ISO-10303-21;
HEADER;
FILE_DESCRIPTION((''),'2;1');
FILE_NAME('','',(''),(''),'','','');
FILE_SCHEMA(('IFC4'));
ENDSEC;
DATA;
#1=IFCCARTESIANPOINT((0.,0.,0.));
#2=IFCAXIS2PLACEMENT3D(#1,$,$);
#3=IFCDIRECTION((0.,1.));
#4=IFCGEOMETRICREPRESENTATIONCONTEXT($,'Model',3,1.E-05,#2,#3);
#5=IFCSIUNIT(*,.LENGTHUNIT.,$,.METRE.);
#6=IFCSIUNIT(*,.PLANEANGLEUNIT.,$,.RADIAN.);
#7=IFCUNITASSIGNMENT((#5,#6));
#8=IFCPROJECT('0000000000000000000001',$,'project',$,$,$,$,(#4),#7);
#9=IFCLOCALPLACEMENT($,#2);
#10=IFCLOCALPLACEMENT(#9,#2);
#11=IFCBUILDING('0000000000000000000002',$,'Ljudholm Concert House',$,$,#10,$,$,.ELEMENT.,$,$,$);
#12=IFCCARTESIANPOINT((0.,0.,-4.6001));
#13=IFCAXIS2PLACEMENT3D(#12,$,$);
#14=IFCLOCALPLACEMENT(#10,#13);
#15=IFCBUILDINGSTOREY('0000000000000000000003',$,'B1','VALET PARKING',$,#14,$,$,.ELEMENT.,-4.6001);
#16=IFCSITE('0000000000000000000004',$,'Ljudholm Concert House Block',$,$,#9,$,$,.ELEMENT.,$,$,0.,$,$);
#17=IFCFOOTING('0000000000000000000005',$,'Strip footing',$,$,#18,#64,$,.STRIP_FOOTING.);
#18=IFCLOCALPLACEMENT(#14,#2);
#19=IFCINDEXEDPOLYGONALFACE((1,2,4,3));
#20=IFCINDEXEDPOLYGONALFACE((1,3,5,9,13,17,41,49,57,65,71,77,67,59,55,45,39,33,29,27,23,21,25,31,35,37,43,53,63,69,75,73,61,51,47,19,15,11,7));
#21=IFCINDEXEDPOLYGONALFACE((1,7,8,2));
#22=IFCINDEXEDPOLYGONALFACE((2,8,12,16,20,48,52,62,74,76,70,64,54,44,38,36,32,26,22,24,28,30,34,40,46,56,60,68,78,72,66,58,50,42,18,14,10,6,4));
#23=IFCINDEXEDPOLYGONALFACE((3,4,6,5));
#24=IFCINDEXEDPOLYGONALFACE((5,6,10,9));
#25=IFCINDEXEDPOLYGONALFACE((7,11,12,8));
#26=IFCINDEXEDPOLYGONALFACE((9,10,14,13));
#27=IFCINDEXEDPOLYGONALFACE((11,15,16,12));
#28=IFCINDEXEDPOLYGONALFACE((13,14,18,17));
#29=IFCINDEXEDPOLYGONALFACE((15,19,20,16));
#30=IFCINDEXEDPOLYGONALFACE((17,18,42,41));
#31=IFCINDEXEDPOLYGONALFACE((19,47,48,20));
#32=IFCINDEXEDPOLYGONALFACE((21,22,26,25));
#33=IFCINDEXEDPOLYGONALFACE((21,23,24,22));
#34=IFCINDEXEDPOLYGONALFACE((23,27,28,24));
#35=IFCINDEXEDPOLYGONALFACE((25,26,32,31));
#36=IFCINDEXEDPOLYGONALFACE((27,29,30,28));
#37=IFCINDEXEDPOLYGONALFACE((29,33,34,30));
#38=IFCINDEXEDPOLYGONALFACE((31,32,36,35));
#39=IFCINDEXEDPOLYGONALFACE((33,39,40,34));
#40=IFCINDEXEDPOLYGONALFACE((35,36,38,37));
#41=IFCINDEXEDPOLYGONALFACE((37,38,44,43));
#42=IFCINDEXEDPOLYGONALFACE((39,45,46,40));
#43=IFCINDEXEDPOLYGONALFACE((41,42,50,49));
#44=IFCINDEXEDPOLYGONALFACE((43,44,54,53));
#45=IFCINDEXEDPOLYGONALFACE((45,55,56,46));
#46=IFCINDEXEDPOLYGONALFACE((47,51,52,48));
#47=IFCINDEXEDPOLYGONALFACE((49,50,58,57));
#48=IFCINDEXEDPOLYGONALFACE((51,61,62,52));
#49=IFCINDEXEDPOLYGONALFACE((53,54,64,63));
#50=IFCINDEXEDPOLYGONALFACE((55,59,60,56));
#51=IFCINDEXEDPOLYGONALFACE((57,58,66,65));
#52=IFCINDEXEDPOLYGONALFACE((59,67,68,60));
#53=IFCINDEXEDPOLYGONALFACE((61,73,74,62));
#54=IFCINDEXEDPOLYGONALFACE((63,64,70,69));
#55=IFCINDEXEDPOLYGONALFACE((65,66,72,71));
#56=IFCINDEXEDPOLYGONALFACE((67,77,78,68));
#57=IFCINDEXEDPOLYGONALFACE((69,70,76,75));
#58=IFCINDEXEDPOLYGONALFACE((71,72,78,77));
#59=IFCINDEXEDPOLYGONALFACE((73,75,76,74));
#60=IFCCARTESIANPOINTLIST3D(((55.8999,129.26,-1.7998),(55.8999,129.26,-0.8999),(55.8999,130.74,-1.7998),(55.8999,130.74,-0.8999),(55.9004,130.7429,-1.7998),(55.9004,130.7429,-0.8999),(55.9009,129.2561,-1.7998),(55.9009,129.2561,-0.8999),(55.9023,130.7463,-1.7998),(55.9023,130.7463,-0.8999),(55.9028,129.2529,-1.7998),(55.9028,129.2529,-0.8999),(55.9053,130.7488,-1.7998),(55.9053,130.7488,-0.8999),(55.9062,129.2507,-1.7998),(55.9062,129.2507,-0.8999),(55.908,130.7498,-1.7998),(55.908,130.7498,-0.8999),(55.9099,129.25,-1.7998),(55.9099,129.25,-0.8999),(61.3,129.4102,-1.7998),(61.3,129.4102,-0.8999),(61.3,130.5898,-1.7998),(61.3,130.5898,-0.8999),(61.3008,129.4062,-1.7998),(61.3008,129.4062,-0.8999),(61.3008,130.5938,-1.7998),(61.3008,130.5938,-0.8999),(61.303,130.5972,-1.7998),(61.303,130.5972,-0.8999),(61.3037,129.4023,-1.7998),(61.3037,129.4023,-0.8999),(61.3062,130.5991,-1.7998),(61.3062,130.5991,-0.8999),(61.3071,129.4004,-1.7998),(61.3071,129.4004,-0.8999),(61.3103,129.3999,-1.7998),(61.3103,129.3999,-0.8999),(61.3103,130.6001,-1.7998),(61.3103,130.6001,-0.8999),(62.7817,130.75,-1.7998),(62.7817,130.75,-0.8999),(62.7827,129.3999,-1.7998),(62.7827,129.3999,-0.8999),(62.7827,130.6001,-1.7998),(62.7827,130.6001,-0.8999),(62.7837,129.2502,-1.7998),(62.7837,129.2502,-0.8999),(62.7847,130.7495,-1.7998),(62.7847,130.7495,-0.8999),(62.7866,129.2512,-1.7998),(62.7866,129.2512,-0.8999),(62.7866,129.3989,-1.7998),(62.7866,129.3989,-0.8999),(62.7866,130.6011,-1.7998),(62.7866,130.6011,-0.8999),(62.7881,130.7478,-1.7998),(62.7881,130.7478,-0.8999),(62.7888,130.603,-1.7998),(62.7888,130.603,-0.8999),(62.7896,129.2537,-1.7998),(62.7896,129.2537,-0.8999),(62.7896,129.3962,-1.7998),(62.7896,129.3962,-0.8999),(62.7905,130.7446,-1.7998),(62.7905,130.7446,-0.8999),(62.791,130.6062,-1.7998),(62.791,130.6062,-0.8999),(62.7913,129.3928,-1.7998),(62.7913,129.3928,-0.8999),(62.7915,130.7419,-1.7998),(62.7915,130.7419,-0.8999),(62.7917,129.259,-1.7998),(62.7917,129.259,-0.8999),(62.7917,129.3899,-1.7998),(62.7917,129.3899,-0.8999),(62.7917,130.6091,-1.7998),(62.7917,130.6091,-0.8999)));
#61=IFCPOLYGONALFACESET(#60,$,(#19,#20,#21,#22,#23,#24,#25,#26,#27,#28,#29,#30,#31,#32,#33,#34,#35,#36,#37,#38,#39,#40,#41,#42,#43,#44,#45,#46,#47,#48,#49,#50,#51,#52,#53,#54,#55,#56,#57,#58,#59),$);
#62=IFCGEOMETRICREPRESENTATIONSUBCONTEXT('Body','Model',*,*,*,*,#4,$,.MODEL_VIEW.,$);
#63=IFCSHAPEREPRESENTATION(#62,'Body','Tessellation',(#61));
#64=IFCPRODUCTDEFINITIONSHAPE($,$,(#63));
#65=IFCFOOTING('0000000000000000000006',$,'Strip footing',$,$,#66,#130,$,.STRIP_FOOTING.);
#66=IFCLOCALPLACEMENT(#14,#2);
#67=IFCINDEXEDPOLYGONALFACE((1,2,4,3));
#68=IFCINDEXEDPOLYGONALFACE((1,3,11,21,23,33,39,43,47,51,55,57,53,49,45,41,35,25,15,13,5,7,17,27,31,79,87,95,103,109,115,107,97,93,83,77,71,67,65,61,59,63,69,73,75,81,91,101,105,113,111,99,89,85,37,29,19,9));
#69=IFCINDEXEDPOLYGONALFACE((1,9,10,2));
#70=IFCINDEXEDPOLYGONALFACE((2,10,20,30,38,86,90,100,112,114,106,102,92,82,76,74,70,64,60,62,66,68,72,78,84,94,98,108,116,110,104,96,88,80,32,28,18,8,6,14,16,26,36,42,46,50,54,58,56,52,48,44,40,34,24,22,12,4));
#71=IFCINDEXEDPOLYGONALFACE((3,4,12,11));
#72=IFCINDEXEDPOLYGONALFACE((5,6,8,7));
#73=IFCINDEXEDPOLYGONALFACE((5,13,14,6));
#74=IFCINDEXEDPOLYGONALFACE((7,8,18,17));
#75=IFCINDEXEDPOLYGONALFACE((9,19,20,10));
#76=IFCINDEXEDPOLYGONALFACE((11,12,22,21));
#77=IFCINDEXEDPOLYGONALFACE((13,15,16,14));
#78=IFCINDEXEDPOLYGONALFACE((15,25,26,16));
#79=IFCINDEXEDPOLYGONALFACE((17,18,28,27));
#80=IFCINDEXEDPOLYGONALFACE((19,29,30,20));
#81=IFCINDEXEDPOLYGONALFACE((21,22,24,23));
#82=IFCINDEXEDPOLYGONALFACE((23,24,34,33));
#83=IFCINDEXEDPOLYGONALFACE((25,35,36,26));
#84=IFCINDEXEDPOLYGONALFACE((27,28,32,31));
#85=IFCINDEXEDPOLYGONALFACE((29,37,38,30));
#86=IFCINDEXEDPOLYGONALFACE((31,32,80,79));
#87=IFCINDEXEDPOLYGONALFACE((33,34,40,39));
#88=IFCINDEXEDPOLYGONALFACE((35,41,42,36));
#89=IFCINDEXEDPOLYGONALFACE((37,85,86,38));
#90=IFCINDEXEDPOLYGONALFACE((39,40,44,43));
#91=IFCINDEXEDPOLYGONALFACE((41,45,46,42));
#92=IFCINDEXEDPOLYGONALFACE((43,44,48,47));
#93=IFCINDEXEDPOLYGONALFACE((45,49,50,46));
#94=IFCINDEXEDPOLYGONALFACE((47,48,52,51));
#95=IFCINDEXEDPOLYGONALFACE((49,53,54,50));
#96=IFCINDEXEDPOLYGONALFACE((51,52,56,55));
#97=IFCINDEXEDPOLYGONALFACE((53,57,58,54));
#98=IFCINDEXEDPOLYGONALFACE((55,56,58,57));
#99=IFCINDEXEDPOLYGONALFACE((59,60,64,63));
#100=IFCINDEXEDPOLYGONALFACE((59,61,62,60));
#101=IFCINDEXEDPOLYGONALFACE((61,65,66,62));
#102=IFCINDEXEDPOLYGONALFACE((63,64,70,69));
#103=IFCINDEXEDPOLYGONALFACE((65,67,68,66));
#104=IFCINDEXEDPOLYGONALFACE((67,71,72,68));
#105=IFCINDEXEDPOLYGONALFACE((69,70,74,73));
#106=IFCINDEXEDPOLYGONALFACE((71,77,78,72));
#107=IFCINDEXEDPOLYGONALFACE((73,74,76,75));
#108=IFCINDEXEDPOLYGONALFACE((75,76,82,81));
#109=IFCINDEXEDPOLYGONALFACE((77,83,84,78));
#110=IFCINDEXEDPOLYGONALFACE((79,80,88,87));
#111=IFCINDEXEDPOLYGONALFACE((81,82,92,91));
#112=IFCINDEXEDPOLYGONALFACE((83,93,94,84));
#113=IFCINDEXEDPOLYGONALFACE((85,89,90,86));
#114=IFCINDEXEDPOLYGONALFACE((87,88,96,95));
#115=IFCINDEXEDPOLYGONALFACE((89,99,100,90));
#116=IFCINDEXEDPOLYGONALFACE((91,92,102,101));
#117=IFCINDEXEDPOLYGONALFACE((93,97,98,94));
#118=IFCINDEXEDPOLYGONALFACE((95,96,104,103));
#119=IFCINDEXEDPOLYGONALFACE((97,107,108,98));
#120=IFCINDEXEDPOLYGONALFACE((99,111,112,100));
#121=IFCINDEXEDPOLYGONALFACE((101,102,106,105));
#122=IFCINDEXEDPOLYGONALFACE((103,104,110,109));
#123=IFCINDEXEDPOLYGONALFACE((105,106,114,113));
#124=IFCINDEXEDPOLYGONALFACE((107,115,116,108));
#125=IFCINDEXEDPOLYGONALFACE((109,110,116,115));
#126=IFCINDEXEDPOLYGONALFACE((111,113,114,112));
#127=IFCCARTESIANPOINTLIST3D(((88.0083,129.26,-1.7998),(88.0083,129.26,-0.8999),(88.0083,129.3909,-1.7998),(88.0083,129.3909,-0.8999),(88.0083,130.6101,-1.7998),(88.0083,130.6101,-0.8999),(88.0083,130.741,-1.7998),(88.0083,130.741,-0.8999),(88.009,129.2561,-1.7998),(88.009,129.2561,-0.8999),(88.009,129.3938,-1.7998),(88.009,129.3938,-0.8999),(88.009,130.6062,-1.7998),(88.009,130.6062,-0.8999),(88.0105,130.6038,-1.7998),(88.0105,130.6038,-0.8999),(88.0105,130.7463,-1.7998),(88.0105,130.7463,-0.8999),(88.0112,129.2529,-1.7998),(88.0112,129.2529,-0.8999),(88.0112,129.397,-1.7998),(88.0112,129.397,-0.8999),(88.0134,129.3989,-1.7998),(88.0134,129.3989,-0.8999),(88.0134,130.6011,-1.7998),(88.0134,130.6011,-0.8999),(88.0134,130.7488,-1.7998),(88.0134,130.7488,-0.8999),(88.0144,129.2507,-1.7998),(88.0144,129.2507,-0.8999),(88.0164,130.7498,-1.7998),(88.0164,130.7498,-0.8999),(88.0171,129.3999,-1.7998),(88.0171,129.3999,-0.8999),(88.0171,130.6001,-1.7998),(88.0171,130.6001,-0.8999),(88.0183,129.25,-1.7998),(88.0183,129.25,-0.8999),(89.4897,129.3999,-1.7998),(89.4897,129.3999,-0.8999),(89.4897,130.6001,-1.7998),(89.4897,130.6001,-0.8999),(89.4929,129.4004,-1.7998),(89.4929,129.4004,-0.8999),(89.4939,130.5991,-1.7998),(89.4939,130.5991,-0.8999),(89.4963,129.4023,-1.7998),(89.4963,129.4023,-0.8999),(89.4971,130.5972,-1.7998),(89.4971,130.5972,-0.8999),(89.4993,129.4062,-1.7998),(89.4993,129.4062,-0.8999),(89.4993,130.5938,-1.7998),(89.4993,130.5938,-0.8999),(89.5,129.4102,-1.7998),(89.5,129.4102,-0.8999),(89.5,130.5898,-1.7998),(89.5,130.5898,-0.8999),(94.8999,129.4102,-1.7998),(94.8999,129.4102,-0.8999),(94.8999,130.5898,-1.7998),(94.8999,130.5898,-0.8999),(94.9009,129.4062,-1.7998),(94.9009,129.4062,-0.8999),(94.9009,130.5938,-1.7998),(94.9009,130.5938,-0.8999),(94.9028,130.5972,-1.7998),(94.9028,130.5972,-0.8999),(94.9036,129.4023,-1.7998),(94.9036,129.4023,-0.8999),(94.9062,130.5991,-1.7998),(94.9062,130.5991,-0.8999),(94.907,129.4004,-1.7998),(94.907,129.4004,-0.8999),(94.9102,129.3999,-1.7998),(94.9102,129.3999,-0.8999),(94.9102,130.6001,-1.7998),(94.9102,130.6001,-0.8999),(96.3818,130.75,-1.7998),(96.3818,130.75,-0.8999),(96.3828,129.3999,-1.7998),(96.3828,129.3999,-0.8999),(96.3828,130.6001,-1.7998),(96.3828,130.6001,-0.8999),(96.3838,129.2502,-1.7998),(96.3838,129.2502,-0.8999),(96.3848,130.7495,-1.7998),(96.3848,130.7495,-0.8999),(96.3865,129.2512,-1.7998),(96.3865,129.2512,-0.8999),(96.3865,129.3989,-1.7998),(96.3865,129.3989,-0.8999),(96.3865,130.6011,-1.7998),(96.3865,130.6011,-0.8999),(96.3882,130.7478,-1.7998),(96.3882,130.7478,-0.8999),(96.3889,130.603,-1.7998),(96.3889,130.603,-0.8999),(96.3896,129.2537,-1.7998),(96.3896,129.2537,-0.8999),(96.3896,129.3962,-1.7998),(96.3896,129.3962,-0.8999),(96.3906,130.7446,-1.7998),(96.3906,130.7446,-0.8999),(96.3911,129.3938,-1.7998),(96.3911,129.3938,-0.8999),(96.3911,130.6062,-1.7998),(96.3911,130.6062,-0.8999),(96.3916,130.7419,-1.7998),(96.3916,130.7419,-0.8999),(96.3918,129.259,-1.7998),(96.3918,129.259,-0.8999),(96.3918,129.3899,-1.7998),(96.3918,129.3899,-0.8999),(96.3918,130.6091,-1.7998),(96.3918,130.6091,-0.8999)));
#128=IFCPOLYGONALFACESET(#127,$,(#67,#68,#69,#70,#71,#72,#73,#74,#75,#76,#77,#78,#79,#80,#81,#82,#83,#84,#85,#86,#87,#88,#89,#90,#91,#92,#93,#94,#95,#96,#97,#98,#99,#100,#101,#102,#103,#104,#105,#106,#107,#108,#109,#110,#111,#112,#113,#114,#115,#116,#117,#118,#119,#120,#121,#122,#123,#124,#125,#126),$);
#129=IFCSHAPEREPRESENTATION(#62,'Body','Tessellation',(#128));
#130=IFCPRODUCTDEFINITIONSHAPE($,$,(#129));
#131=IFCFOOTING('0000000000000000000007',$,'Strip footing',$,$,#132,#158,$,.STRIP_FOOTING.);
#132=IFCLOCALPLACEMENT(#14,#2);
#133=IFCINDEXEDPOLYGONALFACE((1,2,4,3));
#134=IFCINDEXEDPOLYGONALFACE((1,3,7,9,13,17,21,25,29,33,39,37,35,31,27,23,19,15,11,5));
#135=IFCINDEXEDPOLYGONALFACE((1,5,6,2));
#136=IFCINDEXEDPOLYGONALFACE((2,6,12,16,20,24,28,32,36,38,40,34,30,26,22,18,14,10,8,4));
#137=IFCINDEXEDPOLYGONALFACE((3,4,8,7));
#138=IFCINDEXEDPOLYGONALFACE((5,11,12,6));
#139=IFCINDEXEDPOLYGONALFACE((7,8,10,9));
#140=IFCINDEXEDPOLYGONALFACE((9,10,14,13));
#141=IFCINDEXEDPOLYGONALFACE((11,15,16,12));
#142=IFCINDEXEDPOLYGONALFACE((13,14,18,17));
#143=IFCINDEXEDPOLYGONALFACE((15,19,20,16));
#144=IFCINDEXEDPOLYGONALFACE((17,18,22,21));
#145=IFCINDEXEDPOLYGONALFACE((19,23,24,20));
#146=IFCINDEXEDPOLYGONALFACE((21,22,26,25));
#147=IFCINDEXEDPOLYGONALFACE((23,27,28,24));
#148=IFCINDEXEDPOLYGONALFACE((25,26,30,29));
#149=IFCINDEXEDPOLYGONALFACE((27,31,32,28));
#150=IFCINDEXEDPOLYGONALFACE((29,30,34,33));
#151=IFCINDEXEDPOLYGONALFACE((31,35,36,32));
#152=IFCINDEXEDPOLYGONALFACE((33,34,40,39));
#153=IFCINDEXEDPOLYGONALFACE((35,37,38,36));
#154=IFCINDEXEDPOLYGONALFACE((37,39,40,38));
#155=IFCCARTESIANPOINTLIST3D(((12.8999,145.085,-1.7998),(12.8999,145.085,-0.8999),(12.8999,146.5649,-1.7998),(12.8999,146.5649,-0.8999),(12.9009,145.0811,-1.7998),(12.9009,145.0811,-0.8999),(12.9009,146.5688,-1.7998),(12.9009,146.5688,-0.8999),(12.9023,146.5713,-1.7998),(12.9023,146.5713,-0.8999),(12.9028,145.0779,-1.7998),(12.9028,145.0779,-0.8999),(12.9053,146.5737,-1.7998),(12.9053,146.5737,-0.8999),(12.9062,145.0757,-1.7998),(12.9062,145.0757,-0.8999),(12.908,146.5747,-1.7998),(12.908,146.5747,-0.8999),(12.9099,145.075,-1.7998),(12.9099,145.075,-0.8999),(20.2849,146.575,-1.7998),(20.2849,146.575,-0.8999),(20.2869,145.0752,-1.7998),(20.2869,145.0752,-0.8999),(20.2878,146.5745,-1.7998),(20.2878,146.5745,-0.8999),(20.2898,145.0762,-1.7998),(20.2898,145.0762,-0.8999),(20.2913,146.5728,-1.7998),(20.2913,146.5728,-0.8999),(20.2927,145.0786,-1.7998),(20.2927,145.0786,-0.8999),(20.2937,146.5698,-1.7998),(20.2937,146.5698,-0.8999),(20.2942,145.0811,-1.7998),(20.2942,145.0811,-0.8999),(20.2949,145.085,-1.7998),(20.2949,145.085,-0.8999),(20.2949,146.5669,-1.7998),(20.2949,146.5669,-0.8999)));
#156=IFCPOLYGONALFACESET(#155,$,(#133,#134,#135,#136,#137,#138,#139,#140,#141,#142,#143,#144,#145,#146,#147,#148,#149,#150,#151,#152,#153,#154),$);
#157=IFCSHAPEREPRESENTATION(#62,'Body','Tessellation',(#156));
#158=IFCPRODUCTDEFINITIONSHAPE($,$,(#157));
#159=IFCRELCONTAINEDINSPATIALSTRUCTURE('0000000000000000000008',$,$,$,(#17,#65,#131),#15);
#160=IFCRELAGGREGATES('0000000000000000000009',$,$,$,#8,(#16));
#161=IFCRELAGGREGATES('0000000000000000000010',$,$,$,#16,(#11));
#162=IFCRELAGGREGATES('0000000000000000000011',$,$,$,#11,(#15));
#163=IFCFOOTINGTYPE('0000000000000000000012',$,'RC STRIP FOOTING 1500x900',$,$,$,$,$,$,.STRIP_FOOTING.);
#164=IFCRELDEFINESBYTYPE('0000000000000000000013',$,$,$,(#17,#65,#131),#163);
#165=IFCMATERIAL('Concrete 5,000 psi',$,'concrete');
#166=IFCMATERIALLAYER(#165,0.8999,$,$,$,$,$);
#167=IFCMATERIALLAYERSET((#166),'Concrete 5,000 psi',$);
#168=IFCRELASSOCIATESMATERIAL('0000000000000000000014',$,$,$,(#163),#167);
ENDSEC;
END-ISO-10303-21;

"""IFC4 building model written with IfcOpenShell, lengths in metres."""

from ifc_helpers import new_model, si_unit, direction, frame, origin, place, context, subcontext, project, spatial, polyline, outline, extrude, material, layer, layer_set, type_object, element, save


model = new_model("IFC4")

# Units and contexts
model_context = context("Model", 3, precision=1e-05, world=origin(), true_north=direction((0.0, 1.0)))
body_context = subcontext(model_context, "Body", "Model", "MODEL_VIEW")
ifc_project = project(units=[si_unit("LENGTHUNIT", "METRE"), si_unit("PLANEANGLEUNIT", "RADIAN")], contexts=[model_context])

# Site, building, storey
site_placement = place(None, origin())
site = spatial("IfcSite", under=ifc_project, at=site_placement, Name="Ljudholm Concert House Block", CompositionType="ELEMENT", RefElevation=0.0)
building_placement = place(site_placement, origin())
building = spatial("IfcBuilding", under=site, at=building_placement, Name="Ljudholm Concert House", CompositionType="ELEMENT")
storey_placement = place(building_placement, frame((0.0, 0.0, -4.6001)))
storey = spatial("IfcBuildingStorey", under=building, at=storey_placement, Name="B1", Description="VALET PARKING", CompositionType="ELEMENT", Elevation=-4.6001)

# Footings
ifc_material_1 = material(Name="Concrete 5,000 psi", Category="concrete")
ifc_layer_1 = layer(ifc_material_1, 0.8999)
ifc_layer_set_1 = layer_set([ifc_layer_1], Name="Concrete 5,000 psi")
footing_type_1 = type_object("IfcFootingType", Name="RC STRIP FOOTING 1500x900", PredefinedType="STRIP_FOOTING", material=ifc_layer_set_1)
footing_1_placement = place(storey_placement, frame((0.0, 0.0, -1.7998)))
element("IfcFooting", 1, at=footing_1_placement, inside=storey, type_object=footing_type_1, Name="Strip footing", PredefinedType="STRIP_FOOTING", context=body_context, shape_type="SweptSolid", body=[
    extrude(outline(polyline([(55.9099, 129.25), (62.7837, 129.2502), (62.7866, 129.2512), (62.7896, 129.2537), (62.7917, 129.259), (62.7917, 129.3899), (62.7913, 129.3928), (62.7896, 129.3962), (62.7866, 129.3989), (62.7827, 129.3999), (61.3103, 129.3999), (61.3071, 129.4004), (61.3037, 129.4023), (61.3008, 129.4062), (61.3, 129.4102), (61.3, 130.5898), (61.3008, 130.5938), (61.303, 130.5972), (61.3062, 130.5991), (61.3103, 130.6001), (62.7827, 130.6001), (62.7866, 130.6011), (62.7888, 130.603), (62.791, 130.6062), (62.7917, 130.6091), (62.7915, 130.7419), (62.7905, 130.7446), (62.7881, 130.7478), (62.7847, 130.7495), (62.7817, 130.75), (55.908, 130.7498), (55.9053, 130.7488), (55.9023, 130.7463), (55.9004, 130.7429), (55.8999, 130.74), (55.8999, 129.26), (55.9009, 129.2561), (55.9028, 129.2529), (55.9062, 129.2507), (55.9099, 129.25)])), origin(), (0.0, 0.0, 1.0), 0.8999),
])
footing_2_placement = place(storey_placement, frame((0.0, 0.0, -1.7998)))
element("IfcFooting", 2, at=footing_2_placement, inside=storey, type_object=footing_type_1, Name="Strip footing", PredefinedType="STRIP_FOOTING", context=body_context, shape_type="SweptSolid", body=[
    extrude(outline(polyline([(88.0183, 129.25), (96.3838, 129.2502), (96.3865, 129.2512), (96.3896, 129.2537), (96.3918, 129.259), (96.3918, 129.3899), (96.3911, 129.3938), (96.3896, 129.3962), (96.3865, 129.3989), (96.3828, 129.3999), (94.9102, 129.3999), (94.907, 129.4004), (94.9036, 129.4023), (94.9009, 129.4062), (94.8999, 129.4102), (94.8999, 130.5898), (94.9009, 130.5938), (94.9028, 130.5972), (94.9062, 130.5991), (94.9102, 130.6001), (96.3828, 130.6001), (96.3865, 130.6011), (96.3889, 130.603), (96.3911, 130.6062), (96.3918, 130.6091), (96.3916, 130.7419), (96.3906, 130.7446), (96.3882, 130.7478), (96.3848, 130.7495), (96.3818, 130.75), (88.0164, 130.7498), (88.0134, 130.7488), (88.0105, 130.7463), (88.0083, 130.741), (88.0083, 130.6101), (88.009, 130.6062), (88.0105, 130.6038), (88.0134, 130.6011), (88.0171, 130.6001), (89.4897, 130.6001), (89.4939, 130.5991), (89.4971, 130.5972), (89.4993, 130.5938), (89.5, 130.5898), (89.5, 129.4102), (89.4993, 129.4062), (89.4963, 129.4023), (89.4929, 129.4004), (89.4897, 129.3999), (88.0171, 129.3999), (88.0134, 129.3989), (88.0112, 129.397), (88.009, 129.3938), (88.0083, 129.3909), (88.0083, 129.26), (88.009, 129.2561), (88.0112, 129.2529), (88.0144, 129.2507), (88.0183, 129.25)])), origin(), (0.0, 0.0, 1.0), 0.8999),
])
footing_3_placement = place(storey_placement, frame((0.0, 0.0, -1.7998)))
element("IfcFooting", 3, at=footing_3_placement, inside=storey, type_object=footing_type_1, Name="Strip footing", PredefinedType="STRIP_FOOTING", context=body_context, shape_type="SweptSolid", body=[
    extrude(outline(polyline([(12.9099, 145.075), (20.2869, 145.0752), (20.2898, 145.0762), (20.2927, 145.0786), (20.2942, 145.0811), (20.2949, 145.085), (20.2949, 146.5669), (20.2937, 146.5698), (20.2913, 146.5728), (20.2878, 146.5745), (20.2849, 146.575), (12.908, 146.5747), (12.9053, 146.5737), (12.9023, 146.5713), (12.9009, 146.5688), (12.8999, 146.5649), (12.8999, 145.085), (12.9009, 145.0811), (12.9028, 145.0779), (12.9062, 145.0757), (12.9099, 145.075)])), origin(), (0.0, 0.0, 1.0), 0.8999),
])

save(model, "model.ifc")
